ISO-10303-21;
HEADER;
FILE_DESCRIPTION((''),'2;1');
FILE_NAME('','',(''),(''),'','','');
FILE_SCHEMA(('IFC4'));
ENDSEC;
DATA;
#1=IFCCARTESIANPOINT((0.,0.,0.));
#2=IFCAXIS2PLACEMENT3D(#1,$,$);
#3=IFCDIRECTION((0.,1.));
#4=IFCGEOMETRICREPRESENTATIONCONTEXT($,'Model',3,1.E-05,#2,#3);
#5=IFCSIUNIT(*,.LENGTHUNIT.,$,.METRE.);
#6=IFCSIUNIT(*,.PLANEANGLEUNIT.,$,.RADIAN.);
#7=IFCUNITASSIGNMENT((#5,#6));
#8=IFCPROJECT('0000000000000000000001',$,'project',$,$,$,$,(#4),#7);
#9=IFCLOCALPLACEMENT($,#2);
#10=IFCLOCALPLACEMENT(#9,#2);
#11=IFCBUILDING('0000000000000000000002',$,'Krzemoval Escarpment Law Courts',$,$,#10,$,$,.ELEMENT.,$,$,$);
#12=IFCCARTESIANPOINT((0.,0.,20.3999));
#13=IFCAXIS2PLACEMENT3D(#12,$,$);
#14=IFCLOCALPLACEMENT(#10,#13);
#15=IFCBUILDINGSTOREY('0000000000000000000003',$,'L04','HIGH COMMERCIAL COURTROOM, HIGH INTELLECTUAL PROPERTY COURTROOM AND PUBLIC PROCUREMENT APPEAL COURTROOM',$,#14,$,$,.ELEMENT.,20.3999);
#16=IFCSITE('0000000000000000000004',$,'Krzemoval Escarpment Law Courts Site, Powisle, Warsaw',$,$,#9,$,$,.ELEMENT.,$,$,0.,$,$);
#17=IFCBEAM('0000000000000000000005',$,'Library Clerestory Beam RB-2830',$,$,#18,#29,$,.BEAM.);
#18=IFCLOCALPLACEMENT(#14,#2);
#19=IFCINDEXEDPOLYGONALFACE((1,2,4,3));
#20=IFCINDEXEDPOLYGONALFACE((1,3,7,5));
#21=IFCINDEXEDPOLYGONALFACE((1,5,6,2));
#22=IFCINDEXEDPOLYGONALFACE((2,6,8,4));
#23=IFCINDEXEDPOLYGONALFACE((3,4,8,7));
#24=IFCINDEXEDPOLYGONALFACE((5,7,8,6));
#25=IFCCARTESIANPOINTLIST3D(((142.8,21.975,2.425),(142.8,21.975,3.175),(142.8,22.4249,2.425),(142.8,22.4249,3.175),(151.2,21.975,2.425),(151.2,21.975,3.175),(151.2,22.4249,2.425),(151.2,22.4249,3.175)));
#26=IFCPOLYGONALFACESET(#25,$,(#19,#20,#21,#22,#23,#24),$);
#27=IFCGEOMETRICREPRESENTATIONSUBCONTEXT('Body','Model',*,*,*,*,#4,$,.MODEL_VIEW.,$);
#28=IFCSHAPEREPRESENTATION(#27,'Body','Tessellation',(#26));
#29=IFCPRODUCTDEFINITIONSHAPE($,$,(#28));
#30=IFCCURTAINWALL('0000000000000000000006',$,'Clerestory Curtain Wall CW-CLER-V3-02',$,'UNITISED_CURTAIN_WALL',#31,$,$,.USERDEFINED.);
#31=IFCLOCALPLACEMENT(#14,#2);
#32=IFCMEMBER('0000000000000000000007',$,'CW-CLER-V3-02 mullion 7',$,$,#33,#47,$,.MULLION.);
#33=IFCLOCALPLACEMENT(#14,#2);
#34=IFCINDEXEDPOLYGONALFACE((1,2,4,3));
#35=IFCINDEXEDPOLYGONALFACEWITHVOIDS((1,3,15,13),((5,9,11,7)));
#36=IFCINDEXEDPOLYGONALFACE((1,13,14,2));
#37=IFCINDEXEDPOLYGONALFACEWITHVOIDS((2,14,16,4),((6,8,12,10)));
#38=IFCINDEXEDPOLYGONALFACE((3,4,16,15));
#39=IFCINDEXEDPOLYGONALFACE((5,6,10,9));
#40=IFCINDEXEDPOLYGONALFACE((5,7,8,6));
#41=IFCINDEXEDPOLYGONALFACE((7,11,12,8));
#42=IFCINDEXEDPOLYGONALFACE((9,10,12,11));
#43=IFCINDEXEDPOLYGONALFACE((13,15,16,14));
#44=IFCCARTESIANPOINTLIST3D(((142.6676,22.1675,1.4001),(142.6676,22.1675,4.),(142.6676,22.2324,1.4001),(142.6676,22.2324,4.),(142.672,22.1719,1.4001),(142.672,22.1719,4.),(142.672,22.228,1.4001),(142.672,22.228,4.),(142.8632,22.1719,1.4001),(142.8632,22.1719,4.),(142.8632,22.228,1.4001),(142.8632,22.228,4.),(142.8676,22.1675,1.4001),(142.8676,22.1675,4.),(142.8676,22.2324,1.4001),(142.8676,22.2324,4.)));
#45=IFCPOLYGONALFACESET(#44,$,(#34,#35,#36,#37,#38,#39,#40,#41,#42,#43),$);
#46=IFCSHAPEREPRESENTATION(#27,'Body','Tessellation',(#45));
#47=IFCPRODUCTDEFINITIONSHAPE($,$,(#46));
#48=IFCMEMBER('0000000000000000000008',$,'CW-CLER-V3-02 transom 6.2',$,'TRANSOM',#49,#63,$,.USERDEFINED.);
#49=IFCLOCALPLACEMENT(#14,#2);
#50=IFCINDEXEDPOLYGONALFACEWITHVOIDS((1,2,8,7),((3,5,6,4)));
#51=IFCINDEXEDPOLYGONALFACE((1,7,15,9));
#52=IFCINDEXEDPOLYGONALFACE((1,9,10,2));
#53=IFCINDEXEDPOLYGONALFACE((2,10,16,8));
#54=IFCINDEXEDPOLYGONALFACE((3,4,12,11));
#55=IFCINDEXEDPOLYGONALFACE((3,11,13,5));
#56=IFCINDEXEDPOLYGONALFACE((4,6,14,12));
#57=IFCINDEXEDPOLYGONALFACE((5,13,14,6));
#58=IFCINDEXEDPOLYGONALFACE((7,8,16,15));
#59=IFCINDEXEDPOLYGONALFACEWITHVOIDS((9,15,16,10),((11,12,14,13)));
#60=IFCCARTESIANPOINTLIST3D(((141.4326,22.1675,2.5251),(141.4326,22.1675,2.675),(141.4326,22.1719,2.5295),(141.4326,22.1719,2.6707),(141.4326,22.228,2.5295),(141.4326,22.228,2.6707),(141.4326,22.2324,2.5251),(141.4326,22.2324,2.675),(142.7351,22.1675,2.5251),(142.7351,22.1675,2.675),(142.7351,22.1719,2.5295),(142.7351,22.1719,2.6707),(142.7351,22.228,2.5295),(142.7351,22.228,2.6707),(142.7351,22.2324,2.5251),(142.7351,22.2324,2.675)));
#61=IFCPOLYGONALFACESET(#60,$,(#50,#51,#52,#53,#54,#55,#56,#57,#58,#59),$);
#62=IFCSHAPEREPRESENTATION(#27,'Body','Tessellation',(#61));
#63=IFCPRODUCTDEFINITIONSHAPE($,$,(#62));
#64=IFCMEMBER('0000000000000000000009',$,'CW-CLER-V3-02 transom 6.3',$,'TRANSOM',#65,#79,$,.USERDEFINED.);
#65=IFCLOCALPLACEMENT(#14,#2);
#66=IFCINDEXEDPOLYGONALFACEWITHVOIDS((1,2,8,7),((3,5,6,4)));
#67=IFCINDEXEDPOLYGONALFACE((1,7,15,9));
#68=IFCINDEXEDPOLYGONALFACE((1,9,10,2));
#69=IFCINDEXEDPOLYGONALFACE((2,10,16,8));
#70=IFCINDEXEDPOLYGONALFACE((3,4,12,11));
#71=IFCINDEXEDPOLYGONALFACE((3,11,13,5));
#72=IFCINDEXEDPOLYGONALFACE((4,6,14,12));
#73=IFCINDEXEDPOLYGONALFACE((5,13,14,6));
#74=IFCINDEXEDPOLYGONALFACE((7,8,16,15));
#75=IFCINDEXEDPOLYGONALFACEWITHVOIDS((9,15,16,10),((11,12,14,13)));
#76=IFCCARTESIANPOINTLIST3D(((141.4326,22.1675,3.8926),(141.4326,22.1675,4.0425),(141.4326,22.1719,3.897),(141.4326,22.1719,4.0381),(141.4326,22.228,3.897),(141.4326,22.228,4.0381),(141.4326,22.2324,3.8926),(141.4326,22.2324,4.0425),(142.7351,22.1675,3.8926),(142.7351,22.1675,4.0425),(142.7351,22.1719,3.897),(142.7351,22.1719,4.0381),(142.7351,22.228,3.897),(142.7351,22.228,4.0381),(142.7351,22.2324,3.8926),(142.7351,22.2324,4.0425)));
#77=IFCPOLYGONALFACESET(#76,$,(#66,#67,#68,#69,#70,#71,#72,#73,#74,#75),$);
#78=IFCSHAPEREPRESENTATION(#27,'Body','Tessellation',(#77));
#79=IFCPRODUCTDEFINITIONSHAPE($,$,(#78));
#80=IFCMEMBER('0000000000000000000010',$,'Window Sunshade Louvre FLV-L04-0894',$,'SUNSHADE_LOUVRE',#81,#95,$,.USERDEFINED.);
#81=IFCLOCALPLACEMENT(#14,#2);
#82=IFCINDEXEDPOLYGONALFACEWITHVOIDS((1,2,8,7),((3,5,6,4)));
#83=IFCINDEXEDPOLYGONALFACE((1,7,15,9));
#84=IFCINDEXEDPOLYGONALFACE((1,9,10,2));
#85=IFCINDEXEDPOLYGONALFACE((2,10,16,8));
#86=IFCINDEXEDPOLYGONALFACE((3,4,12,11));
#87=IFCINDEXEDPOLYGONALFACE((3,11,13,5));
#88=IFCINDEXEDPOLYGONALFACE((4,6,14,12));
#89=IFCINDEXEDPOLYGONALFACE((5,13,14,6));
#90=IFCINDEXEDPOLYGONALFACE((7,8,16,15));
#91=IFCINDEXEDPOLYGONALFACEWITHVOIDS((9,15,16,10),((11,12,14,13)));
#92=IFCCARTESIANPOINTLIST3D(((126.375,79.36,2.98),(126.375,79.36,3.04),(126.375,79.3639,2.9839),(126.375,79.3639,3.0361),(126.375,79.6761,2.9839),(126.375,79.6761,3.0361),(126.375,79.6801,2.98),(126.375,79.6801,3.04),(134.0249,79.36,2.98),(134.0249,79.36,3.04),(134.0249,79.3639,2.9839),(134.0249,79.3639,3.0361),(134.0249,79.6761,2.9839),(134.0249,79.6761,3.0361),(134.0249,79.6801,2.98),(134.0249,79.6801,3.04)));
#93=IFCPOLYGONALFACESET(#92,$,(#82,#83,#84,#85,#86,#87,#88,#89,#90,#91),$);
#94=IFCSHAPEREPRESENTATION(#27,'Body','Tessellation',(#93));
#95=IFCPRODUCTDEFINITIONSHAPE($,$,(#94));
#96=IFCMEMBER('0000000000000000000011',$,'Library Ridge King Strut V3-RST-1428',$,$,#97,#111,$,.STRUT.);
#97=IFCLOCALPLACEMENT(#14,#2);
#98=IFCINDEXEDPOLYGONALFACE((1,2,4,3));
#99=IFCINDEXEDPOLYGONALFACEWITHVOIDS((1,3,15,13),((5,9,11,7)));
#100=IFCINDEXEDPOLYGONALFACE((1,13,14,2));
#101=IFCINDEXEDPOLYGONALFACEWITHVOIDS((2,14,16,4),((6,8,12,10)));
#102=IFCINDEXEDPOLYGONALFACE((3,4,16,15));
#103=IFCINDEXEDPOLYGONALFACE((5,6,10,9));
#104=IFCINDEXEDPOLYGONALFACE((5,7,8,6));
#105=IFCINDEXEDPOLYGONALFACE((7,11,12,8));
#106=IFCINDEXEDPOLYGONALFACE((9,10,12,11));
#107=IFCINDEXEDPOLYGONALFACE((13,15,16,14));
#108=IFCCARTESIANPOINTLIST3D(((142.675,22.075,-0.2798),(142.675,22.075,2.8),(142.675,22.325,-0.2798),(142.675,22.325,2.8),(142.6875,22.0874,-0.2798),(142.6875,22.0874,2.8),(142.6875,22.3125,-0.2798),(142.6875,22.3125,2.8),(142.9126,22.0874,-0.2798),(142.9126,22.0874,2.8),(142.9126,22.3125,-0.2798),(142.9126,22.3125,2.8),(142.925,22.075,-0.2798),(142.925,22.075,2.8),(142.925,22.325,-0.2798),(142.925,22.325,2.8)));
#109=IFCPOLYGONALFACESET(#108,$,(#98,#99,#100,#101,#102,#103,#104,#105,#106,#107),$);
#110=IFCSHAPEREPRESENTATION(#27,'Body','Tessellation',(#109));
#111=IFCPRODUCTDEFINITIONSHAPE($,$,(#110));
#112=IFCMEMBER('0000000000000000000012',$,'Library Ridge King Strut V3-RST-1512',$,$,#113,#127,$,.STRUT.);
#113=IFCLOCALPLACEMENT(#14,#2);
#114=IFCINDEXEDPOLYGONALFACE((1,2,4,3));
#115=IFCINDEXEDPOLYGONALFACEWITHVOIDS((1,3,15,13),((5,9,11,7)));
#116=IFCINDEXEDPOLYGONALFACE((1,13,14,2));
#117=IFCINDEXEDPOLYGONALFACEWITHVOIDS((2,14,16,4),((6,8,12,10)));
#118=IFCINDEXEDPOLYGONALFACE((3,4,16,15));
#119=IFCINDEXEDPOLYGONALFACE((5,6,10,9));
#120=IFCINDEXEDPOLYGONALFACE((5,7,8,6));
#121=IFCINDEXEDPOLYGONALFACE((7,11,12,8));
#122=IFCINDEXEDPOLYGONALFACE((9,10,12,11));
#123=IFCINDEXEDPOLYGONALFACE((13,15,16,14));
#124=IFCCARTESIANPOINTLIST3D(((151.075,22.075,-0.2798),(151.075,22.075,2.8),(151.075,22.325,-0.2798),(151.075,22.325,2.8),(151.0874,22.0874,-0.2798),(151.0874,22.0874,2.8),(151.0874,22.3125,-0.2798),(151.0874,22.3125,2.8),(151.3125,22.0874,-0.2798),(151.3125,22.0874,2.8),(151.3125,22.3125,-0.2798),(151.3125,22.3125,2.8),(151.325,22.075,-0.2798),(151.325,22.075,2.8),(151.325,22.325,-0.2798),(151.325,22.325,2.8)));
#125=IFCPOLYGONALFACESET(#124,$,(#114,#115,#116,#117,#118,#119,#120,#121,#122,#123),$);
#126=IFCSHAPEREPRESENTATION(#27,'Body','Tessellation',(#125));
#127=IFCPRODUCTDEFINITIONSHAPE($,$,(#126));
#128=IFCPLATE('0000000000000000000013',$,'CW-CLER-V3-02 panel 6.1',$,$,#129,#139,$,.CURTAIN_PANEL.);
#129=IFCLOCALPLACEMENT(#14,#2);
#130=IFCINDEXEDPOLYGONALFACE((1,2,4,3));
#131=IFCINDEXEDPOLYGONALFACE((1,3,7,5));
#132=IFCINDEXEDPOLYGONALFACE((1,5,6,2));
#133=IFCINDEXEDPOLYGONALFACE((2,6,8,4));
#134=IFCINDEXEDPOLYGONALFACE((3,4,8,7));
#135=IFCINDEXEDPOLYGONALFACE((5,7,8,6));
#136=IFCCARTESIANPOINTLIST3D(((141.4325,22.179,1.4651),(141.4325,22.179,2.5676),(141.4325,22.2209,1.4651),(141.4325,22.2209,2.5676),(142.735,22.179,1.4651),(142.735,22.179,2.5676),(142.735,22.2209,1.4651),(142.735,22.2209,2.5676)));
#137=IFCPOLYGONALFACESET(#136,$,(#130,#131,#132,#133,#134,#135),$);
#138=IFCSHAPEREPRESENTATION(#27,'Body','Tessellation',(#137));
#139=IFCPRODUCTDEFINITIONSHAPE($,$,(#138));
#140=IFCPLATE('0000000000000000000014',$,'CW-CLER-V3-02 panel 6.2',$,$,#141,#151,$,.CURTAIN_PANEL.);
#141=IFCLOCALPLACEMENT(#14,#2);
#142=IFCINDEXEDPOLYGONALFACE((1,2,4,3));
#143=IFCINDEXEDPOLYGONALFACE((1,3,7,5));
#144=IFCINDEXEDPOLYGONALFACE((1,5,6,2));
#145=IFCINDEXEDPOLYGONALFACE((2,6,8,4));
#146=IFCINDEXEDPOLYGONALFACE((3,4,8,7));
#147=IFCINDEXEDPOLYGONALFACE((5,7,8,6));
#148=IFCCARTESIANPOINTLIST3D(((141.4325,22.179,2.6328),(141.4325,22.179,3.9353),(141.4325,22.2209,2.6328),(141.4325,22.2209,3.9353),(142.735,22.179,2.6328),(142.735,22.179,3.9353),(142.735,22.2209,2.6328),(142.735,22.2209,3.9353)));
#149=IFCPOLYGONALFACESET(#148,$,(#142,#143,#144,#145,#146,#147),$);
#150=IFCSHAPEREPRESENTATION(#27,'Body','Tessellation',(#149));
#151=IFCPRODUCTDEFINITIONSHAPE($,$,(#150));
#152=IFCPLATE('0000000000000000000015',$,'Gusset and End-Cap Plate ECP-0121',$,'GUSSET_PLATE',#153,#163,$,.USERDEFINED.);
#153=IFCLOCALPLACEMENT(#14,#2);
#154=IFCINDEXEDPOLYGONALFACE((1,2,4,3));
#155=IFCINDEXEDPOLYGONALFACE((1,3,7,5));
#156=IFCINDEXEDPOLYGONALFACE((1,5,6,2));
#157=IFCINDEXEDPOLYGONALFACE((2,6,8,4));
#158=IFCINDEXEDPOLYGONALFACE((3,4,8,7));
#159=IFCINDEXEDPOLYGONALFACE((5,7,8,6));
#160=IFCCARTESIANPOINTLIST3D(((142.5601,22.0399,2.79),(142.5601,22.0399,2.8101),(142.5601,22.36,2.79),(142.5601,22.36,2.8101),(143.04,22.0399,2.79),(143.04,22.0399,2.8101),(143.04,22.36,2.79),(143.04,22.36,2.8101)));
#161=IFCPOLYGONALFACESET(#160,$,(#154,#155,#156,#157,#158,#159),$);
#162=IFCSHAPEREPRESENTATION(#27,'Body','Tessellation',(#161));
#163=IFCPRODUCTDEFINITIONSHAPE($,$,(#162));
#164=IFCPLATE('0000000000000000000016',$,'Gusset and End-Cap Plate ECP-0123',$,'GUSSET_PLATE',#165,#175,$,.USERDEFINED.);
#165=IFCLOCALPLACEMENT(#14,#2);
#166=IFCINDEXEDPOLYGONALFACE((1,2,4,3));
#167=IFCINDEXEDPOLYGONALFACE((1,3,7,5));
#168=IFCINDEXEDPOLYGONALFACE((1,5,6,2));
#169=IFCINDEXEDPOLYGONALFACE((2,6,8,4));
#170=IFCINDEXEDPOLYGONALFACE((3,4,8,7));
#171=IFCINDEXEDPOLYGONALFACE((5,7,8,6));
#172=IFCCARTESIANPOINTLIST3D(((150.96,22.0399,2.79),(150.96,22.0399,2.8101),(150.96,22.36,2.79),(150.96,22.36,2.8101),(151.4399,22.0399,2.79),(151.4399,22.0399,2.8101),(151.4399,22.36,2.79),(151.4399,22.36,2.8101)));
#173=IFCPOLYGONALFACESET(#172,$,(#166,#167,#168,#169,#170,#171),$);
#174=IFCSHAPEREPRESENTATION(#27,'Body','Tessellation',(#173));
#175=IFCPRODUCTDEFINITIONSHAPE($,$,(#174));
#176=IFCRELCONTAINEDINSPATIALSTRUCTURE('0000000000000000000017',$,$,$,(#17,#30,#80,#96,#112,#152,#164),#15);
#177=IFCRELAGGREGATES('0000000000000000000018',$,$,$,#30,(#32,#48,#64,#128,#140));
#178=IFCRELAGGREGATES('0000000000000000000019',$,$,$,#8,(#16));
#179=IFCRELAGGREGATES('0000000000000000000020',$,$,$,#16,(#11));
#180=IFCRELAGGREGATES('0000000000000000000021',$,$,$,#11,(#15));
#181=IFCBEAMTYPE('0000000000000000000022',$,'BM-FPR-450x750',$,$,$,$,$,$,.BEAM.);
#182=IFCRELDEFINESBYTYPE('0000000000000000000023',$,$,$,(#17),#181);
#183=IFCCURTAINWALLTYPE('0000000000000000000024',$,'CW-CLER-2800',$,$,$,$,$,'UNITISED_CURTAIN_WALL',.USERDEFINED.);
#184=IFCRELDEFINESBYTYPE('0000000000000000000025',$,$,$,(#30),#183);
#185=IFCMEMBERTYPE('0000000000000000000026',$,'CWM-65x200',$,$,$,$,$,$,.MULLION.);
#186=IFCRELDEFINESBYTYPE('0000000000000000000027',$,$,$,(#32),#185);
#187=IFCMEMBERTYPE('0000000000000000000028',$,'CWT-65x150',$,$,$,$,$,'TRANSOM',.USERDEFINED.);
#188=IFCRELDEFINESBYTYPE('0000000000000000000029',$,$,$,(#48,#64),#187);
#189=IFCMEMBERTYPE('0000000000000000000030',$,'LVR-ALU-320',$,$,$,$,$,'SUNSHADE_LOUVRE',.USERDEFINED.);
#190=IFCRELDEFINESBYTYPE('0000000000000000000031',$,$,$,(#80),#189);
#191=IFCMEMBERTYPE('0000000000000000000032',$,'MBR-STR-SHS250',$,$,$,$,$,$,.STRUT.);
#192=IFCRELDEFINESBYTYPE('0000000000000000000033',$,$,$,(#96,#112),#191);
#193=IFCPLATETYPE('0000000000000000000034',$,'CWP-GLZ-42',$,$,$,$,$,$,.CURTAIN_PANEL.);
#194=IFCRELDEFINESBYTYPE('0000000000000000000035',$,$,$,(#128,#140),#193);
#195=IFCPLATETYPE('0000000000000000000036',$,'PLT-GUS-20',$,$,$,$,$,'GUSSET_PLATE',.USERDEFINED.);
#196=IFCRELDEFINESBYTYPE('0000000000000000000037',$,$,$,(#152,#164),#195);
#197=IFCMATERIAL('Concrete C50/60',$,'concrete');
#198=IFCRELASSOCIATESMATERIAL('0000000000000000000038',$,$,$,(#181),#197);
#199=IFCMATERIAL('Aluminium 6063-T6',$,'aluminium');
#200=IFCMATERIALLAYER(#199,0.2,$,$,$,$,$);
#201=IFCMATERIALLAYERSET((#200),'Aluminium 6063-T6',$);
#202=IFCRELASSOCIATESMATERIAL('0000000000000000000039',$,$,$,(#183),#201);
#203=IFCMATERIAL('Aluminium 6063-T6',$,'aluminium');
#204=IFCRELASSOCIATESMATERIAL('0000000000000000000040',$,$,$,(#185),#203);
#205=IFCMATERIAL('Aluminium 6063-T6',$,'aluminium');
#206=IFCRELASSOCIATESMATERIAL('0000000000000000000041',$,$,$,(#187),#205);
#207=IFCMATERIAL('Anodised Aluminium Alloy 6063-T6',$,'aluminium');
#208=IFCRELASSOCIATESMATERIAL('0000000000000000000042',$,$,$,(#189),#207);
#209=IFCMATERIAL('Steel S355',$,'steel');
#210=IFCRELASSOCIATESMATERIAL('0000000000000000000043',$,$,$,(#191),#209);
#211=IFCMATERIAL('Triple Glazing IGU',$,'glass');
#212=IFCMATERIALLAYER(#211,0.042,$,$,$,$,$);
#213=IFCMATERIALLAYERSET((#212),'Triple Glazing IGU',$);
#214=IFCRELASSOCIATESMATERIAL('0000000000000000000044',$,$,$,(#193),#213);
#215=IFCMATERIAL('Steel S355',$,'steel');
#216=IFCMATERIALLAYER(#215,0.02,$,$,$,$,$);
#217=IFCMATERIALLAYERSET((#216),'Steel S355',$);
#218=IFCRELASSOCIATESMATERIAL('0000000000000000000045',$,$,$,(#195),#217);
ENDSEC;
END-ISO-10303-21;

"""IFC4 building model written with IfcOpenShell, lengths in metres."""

from ifc_helpers import new_model, si_unit, direction, frame, origin, origin_2d, place, context, subcontext, project, spatial, rectangle, hollow_rectangle, extrude, material, layer, layer_set, material_profile, profile_set, type_object, element, aggregate, save


model = new_model("IFC4")

# Units and contexts
model_context = context("Model", 3, precision=1e-05, world=origin(), true_north=direction((0.0, 1.0)))
body_context = subcontext(model_context, "Body", "Model", "MODEL_VIEW")
ifc_project = project(units=[si_unit("LENGTHUNIT", "METRE"), si_unit("PLANEANGLEUNIT", "RADIAN")], contexts=[model_context])

# Site, building, storey
site_placement = place(None, origin())
site = spatial("IfcSite", under=ifc_project, at=site_placement, Name="Krzemoval Escarpment Law Courts Site, Powisle, Warsaw", CompositionType="ELEMENT", RefElevation=0.0)
building_placement = place(site_placement, origin())
building = spatial("IfcBuilding", under=site, at=building_placement, Name="Krzemoval Escarpment Law Courts", CompositionType="ELEMENT")
storey_placement = place(building_placement, frame((0.0, 0.0, 20.3999)))
storey = spatial("IfcBuildingStorey", under=building, at=storey_placement, Name="L04", Description="HIGH COMMERCIAL COURTROOM, HIGH INTELLECTUAL PROPERTY COURTROOM AND PUBLIC PROCUREMENT APPEAL COURTROOM", CompositionType="ELEMENT", Elevation=20.3999)

# Beam
ifc_material_1 = material(Name="Concrete C50/60", Category="concrete")
ifc_material_profile_1 = material_profile(ifc_material_1, rectangle(XDim=0.45, YDim=0.75, at=origin_2d()), Name="FPR 450x750")
ifc_profile_set_1 = profile_set([ifc_material_profile_1], Name="Concrete C50/60")
beam_type = type_object("IfcBeamType", Name="BM-FPR-450x750", PredefinedType="BEAM", material=ifc_profile_set_1)
beam_placement = place(storey_placement, frame((142.8, 22.2, 2.8), z_axis=(1.0, 0.0, 0.0), x_axis=(0.0, 1.0, 0.0)))
element("IfcBeam", 1, at=beam_placement, inside=storey, type_object=beam_type, Name="Library Clerestory Beam RB-2830", PredefinedType="BEAM", context=body_context, shape_type="SweptSolid", body=[
    extrude(rectangle(XDim=0.45, YDim=0.75, at=origin_2d()), origin(), (0.0, 0.0, 1.0), 8.3999),
])

# Curtain wall, members
ifc_material_2 = material(Name="Aluminium 6063-T6", Category="aluminium")
ifc_layer_1 = layer(ifc_material_2, 0.2)
ifc_layer_set_1 = layer_set([ifc_layer_1], Name="Aluminium 6063-T6")
curtain_wall_type = type_object("IfcCurtainWallType", Name="CW-CLER-2800", ElementType="UNITISED_CURTAIN_WALL", PredefinedType="USERDEFINED", material=ifc_layer_set_1)
curtain_wall_placement = place(storey_placement, origin())
curtain_wall = element("IfcCurtainWall", 2, at=curtain_wall_placement, inside=storey, type_object=curtain_wall_type, Name="Clerestory Curtain Wall CW-CLER-V3-02", ObjectType="UNITISED_CURTAIN_WALL", PredefinedType="USERDEFINED")
ifc_material_3 = material(Name="Aluminium 6063-T6", Category="aluminium")
ifc_material_profile_2 = material_profile(ifc_material_3, hollow_rectangle(XDim=0.0649, YDim=0.2, WallThickness=0.0044, at=origin_2d()), Name="ALU M65x200")
ifc_profile_set_2 = profile_set([ifc_material_profile_2], Name="Aluminium 6063-T6")
member_type_1 = type_object("IfcMemberType", Name="CWM-65x200", PredefinedType="MULLION", material=ifc_profile_set_2)
member_1_placement = place(storey_placement, frame((142.7676, 22.2, 1.4001), z_axis=(0.0, 0.0, 1.0), x_axis=(0.0, 1.0, 0.0)))
member_1 = element("IfcMember", 3, at=member_1_placement, type_object=member_type_1, Name="CW-CLER-V3-02 mullion 7", PredefinedType="MULLION", context=body_context, shape_type="SweptSolid", body=[
    extrude(hollow_rectangle(XDim=0.0649, YDim=0.2, WallThickness=0.0044, at=origin_2d()), origin(), (0.0, 0.0, 1.0), 2.5999),
])
ifc_material_4 = material(Name="Aluminium 6063-T6", Category="aluminium")
ifc_material_profile_3 = material_profile(ifc_material_4, hollow_rectangle(XDim=0.0649, YDim=0.1499, WallThickness=0.0044, at=origin_2d()), Name="ALU T65x150")
ifc_profile_set_3 = profile_set([ifc_material_profile_3], Name="Aluminium 6063-T6")
member_type_2 = type_object("IfcMemberType", Name="CWT-65x150", ElementType="TRANSOM", PredefinedType="USERDEFINED", material=ifc_profile_set_3)
member_2_placement = place(storey_placement, frame((141.4326, 22.2, 2.6001), z_axis=(1.0, 0.0, 0.0), x_axis=(0.0, 1.0, 0.0)))
member_2 = element("IfcMember", 4, at=member_2_placement, type_object=member_type_2, Name="CW-CLER-V3-02 transom 6.2", ObjectType="TRANSOM", PredefinedType="USERDEFINED", context=body_context, shape_type="SweptSolid", body=[
    extrude(hollow_rectangle(XDim=0.0649, YDim=0.1499, WallThickness=0.0044, at=origin_2d()), origin(), (0.0, 0.0, 1.0), 1.3025),
])
member_3_placement = place(storey_placement, frame((141.4326, 22.2, 3.9675), z_axis=(1.0, 0.0, 0.0), x_axis=(0.0, 1.0, 0.0)))
member_3 = element("IfcMember", 5, at=member_3_placement, type_object=member_type_2, Name="CW-CLER-V3-02 transom 6.3", ObjectType="TRANSOM", PredefinedType="USERDEFINED", context=body_context, shape_type="SweptSolid", body=[
    extrude(hollow_rectangle(XDim=0.0649, YDim=0.1499, WallThickness=0.0044, at=origin_2d()), origin(), (0.0, 0.0, 1.0), 1.3025),
])

# Members
ifc_material_5 = material(Name="Anodised Aluminium Alloy 6063-T6", Category="aluminium")
ifc_material_profile_4 = material_profile(ifc_material_5, hollow_rectangle(XDim=0.0601, YDim=0.3201, WallThickness=0.0039, at=origin_2d()), Name="ALU LVR 60x320")
ifc_profile_set_4 = profile_set([ifc_material_profile_4], Name="Anodised Aluminium Alloy 6063-T6")
member_type_3 = type_object("IfcMemberType", Name="LVR-ALU-320", ElementType="SUNSHADE_LOUVRE", PredefinedType="USERDEFINED", material=ifc_profile_set_4)
member_4_placement = place(storey_placement, frame((134.0249, 79.52, 3.01), z_axis=(-1.0, 0.0, 0.0), x_axis=(0.0, 0.0, 1.0)))
element("IfcMember", 6, at=member_4_placement, inside=storey, type_object=member_type_3, Name="Window Sunshade Louvre FLV-L04-0894", ObjectType="SUNSHADE_LOUVRE", PredefinedType="USERDEFINED", context=body_context, shape_type="SweptSolid", body=[
    extrude(hollow_rectangle(XDim=0.0601, YDim=0.3201, WallThickness=0.0039, at=origin_2d()), origin(), (0.0, 0.0, 1.0), 7.6499),
])
ifc_material_6 = material(Name="Steel S355", Category="steel")
ifc_material_profile_5 = material_profile(ifc_material_6, hollow_rectangle(XDim=0.25, YDim=0.25, WallThickness=0.0125, at=origin_2d()), Name="SHS 250x250x12.5")
ifc_profile_set_5 = profile_set([ifc_material_profile_5], Name="Steel S355")
member_type_4 = type_object("IfcMemberType", Name="MBR-STR-SHS250", PredefinedType="STRUT", material=ifc_profile_set_5)
for number, where, z_axis, x_axis, name in (
    (7, (142.8, 22.2, -0.2798), (0.0, 0.0, 1.0), (1.0, 0.0, 0.0), "Library Ridge King Strut V3-RST-1428"),
    (8, (151.2, 22.2, -0.2798), (0.0, 0.0, 1.0), (1.0, 0.0, 0.0), "Library Ridge King Strut V3-RST-1512"),
):
    element("IfcMember", number, at=place(storey_placement, frame(where, z_axis=z_axis, x_axis=x_axis)), inside=storey, type_object=member_type_4, Name=name, PredefinedType="STRUT", context=body_context, shape_type="SweptSolid", body=[
        extrude(hollow_rectangle(XDim=0.25, YDim=0.25, WallThickness=0.0125, at=origin_2d()), origin(), (0.0, 0.0, 1.0), 3.0798),
    ])

# Plates
ifc_material_7 = material(Name="Triple Glazing IGU", Category="glass")
ifc_layer_2 = layer(ifc_material_7, 0.042)
ifc_layer_set_2 = layer_set([ifc_layer_2], Name="Triple Glazing IGU")
plate_type_1 = type_object("IfcPlateType", Name="CWP-GLZ-42", PredefinedType="CURTAIN_PANEL", material=ifc_layer_set_2)
plate_1_placement = place(storey_placement, frame((142.0837, 22.2, 1.4651), z_axis=(0.0, 0.0, 1.0), x_axis=(1.0, 0.0, 0.0)))
plate_1 = element("IfcPlate", 9, at=plate_1_placement, type_object=plate_type_1, Name="CW-CLER-V3-02 panel 6.1", PredefinedType="CURTAIN_PANEL", context=body_context, shape_type="SweptSolid", body=[
    extrude(rectangle(XDim=1.3025, YDim=0.042, at=origin_2d()), origin(), (0.0, 0.0, 1.0), 1.1025),
])
plate_2_placement = place(storey_placement, frame((142.0837, 22.2, 2.6328), z_axis=(0.0, 0.0, 1.0), x_axis=(1.0, 0.0, 0.0)))
plate_2 = element("IfcPlate", 10, at=plate_2_placement, type_object=plate_type_1, Name="CW-CLER-V3-02 panel 6.2", PredefinedType="CURTAIN_PANEL", context=body_context, shape_type="SweptSolid", body=[
    extrude(rectangle(XDim=1.3025, YDim=0.042, at=origin_2d()), origin(), (0.0, 0.0, 1.0), 1.3025),
])
aggregate(curtain_wall, [member_1, member_2, member_3, plate_1, plate_2])

# Plates
ifc_material_8 = material(Name="Steel S355", Category="steel")
ifc_layer_3 = layer(ifc_material_8, 0.02)
ifc_layer_set_3 = layer_set([ifc_layer_3], Name="Steel S355")
plate_type_2 = type_object("IfcPlateType", Name="PLT-GUS-20", ElementType="GUSSET_PLATE", PredefinedType="USERDEFINED", material=ifc_layer_set_3)
for number, where, z_axis, x_axis, name in (
    (11, (142.8, 22.2, 2.79), (0.0, 0.0, 1.0), (1.0, 0.0, 0.0), "Gusset and End-Cap Plate ECP-0121"),
    (12, (151.2, 22.2, 2.79), (0.0, 0.0, 1.0), (1.0, 0.0, 0.0), "Gusset and End-Cap Plate ECP-0123"),
):
    element("IfcPlate", number, at=place(storey_placement, frame(where, z_axis=z_axis, x_axis=x_axis)), inside=storey, type_object=plate_type_2, Name=name, ObjectType="GUSSET_PLATE", PredefinedType="USERDEFINED", context=body_context, shape_type="SweptSolid", body=[
        extrude(rectangle(XDim=0.48, YDim=0.3201, at=origin_2d()), origin(), (0.0, 0.0, 1.0), 0.02),
    ])

save(model, "model.ifc")
